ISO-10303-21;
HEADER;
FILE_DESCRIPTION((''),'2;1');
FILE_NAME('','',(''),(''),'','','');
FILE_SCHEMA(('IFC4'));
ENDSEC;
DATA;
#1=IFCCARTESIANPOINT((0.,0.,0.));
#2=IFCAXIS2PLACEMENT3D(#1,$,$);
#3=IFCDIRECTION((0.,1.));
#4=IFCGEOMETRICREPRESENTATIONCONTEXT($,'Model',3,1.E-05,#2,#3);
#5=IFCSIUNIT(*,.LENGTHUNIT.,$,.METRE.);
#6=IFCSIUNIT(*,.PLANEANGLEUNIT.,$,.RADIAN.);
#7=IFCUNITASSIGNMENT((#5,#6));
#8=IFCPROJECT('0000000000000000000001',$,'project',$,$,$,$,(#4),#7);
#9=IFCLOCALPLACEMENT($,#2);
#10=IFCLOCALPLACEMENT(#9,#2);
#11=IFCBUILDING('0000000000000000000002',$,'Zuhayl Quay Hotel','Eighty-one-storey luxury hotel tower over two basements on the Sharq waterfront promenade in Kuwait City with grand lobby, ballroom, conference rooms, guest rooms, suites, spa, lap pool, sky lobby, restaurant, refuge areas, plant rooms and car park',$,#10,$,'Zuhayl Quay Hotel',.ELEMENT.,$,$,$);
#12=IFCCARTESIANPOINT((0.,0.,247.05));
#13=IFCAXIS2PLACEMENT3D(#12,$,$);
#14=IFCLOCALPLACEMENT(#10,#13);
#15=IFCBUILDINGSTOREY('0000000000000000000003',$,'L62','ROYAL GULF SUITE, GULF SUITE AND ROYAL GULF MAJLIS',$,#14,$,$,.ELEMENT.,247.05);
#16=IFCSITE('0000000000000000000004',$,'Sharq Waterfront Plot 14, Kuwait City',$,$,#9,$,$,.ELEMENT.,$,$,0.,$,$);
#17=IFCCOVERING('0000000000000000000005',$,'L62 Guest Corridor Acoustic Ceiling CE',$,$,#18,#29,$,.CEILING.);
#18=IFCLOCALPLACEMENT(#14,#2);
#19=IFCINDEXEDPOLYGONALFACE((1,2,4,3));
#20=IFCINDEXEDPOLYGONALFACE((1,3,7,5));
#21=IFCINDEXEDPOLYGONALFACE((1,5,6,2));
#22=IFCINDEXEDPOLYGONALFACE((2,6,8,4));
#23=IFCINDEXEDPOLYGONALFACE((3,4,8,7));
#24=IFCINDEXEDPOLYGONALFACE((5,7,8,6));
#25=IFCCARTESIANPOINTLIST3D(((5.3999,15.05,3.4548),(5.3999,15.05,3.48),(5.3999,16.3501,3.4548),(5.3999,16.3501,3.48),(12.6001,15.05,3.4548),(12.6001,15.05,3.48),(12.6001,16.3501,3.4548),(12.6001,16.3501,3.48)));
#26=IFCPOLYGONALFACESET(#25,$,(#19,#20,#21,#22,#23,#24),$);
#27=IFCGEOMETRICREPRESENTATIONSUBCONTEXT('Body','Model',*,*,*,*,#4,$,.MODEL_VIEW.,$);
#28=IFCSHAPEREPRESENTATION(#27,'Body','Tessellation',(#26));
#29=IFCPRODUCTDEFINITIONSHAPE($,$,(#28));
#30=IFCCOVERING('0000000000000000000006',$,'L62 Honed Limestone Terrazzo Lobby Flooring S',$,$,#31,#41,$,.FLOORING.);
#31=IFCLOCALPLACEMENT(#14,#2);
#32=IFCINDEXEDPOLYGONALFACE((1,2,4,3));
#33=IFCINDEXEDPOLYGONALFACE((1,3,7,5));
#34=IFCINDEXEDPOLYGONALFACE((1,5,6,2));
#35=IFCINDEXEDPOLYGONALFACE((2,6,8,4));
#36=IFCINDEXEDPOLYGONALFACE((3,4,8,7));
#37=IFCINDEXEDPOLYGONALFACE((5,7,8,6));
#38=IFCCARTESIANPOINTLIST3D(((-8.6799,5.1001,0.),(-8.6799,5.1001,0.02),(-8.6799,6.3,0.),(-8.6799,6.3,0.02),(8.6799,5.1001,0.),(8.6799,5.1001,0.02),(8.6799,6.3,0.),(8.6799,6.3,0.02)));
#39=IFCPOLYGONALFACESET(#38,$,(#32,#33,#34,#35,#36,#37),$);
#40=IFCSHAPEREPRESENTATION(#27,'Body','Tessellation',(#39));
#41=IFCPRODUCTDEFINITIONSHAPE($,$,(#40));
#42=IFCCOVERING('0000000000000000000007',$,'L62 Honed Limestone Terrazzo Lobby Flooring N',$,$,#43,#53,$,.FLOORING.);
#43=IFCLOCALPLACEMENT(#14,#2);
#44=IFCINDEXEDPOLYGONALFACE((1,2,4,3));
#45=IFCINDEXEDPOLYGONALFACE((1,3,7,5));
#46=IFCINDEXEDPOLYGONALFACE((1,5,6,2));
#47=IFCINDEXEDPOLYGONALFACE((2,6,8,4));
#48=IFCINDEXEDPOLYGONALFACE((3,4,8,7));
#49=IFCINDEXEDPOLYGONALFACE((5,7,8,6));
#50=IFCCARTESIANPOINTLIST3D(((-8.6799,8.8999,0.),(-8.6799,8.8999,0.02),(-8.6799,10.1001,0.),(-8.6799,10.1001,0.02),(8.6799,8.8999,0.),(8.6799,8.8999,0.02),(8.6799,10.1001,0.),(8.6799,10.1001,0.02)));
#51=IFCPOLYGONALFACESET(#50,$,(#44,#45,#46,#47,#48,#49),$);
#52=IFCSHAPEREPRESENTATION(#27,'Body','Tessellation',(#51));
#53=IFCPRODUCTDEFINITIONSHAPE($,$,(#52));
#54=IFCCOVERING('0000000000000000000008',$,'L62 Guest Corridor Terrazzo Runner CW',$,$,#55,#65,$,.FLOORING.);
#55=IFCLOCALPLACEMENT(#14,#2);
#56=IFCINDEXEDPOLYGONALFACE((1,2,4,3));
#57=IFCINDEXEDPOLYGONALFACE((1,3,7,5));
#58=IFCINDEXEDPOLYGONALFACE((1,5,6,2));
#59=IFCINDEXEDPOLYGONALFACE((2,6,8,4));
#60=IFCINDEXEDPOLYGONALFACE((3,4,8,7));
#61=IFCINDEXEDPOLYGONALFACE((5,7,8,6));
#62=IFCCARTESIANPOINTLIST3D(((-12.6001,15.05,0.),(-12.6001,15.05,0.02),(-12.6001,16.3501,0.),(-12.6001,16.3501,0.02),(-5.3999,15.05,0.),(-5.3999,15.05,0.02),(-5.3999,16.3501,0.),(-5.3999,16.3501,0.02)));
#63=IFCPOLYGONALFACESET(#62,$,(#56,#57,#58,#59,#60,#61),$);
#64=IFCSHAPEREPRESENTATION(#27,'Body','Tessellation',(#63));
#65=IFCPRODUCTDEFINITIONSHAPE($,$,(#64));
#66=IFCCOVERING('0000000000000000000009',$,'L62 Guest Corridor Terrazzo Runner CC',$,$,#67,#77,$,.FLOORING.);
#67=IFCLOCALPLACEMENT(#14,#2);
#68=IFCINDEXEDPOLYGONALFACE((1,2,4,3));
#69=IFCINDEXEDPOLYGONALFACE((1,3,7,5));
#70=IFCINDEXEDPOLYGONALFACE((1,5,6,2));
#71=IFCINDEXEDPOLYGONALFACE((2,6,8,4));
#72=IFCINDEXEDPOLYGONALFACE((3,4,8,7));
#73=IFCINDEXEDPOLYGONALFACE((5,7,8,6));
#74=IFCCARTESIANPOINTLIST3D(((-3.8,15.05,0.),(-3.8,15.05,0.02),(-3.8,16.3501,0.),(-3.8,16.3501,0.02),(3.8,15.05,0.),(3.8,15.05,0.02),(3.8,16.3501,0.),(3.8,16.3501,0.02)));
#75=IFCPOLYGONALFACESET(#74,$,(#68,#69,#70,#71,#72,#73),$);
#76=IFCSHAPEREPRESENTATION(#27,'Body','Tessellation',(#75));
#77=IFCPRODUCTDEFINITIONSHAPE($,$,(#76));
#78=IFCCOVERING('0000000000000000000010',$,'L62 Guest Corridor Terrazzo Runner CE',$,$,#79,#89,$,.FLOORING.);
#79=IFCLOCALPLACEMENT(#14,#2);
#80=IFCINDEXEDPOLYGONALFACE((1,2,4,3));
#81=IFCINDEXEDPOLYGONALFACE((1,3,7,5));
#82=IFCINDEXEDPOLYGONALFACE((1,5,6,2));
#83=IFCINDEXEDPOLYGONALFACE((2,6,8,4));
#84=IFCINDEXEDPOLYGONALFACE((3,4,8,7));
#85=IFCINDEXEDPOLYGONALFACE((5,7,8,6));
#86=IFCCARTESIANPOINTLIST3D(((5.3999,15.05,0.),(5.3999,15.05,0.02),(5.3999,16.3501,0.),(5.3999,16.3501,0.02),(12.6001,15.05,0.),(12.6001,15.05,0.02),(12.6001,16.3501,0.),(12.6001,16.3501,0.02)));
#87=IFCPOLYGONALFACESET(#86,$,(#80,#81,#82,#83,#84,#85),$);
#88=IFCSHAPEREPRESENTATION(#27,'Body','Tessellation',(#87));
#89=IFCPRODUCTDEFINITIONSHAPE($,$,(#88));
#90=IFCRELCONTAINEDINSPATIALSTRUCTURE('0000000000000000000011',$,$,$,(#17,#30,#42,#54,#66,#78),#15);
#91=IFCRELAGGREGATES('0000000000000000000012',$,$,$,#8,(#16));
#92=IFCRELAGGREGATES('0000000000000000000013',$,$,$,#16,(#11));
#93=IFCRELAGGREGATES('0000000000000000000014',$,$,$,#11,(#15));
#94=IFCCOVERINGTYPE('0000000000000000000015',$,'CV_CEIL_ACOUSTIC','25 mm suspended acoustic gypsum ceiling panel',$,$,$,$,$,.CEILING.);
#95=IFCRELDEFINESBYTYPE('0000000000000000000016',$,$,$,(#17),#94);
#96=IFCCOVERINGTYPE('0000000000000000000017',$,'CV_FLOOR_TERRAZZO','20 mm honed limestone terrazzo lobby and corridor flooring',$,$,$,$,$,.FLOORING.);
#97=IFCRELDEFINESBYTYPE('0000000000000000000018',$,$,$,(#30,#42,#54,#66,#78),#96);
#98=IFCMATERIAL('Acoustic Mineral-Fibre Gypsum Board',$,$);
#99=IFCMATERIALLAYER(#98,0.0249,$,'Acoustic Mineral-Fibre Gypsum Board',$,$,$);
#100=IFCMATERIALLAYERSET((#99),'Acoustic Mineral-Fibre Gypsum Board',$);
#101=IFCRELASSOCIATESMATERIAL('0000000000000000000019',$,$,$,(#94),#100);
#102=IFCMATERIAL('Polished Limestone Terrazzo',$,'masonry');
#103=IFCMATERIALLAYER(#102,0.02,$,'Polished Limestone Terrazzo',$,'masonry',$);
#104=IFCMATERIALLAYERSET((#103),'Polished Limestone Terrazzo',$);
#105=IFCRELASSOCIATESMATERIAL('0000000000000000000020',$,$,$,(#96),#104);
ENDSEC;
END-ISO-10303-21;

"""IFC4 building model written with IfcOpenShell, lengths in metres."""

from ifc_helpers import new_model, si_unit, direction, frame, origin, place, context, subcontext, project, spatial, polyline, outline, extrude, material, layer, layer_set, type_object, element, save


model = new_model("IFC4")

# Units and contexts
model_context = context("Model", 3, precision=1e-05, world=origin(), true_north=direction((0.0, 1.0)))
body_context = subcontext(model_context, "Body", "Model", "MODEL_VIEW")
ifc_project = project(units=[si_unit("LENGTHUNIT", "METRE"), si_unit("PLANEANGLEUNIT", "RADIAN")], contexts=[model_context])

# Site, building, storey
site_placement = place(None, origin())
site = spatial("IfcSite", under=ifc_project, at=site_placement, Name="Sharq Waterfront Plot 14, Kuwait City", CompositionType="ELEMENT", RefElevation=0.0)
building_placement = place(site_placement, origin())
building = spatial("IfcBuilding", under=site, at=building_placement, Name="Zuhayl Quay Hotel", Description="Eighty-one-storey luxury hotel tower over two basements on the Sharq waterfront promenade in Kuwait City with grand lobby, ballroom, conference rooms, guest rooms, suites, spa, lap pool, sky lobby, restaurant, refuge areas, plant rooms and car park", LongName="Zuhayl Quay Hotel", CompositionType="ELEMENT")
storey_placement = place(building_placement, frame((0.0, 0.0, 247.05)))
storey = spatial("IfcBuildingStorey", under=building, at=storey_placement, Name="L62", Description="ROYAL GULF SUITE, GULF SUITE AND ROYAL GULF MAJLIS", CompositionType="ELEMENT", Elevation=247.05)

# Coverings
ifc_material_1 = material(Name="Acoustic Mineral-Fibre Gypsum Board")
ifc_layer_1 = layer(ifc_material_1, 0.0249, Name="Acoustic Mineral-Fibre Gypsum Board")
ifc_layer_set_1 = layer_set([ifc_layer_1], Name="Acoustic Mineral-Fibre Gypsum Board")
covering_type_1 = type_object("IfcCoveringType", Name="CV_CEIL_ACOUSTIC", Description="25 mm suspended acoustic gypsum ceiling panel", PredefinedType="CEILING", material=ifc_layer_set_1)
covering_1_placement = place(storey_placement, frame((0.0, 0.0, 3.4548)))
element("IfcCovering", 1, at=covering_1_placement, inside=storey, type_object=covering_type_1, Name="L62 Guest Corridor Acoustic Ceiling CE", PredefinedType="CEILING", context=body_context, shape_type="SweptSolid", body=[
    extrude(outline(polyline([(5.3999, 15.05), (12.6001, 15.05), (12.6001, 16.3501), (5.3999, 16.3501), (5.3999, 15.05)])), origin(), (0.0, 0.0, 1.0), 0.0251),
])
ifc_material_2 = material(Name="Polished Limestone Terrazzo", Category="masonry")
ifc_layer_2 = layer(ifc_material_2, 0.02, Name="Polished Limestone Terrazzo", Category="masonry")
ifc_layer_set_2 = layer_set([ifc_layer_2], Name="Polished Limestone Terrazzo")
covering_type_2 = type_object("IfcCoveringType", Name="CV_FLOOR_TERRAZZO", Description="20 mm honed limestone terrazzo lobby and corridor flooring", PredefinedType="FLOORING", material=ifc_layer_set_2)
covering_2_placement = place(storey_placement, origin())
element("IfcCovering", 2, at=covering_2_placement, inside=storey, type_object=covering_type_2, Name="L62 Honed Limestone Terrazzo Lobby Flooring S", PredefinedType="FLOORING", context=body_context, shape_type="SweptSolid", body=[
    extrude(outline(polyline([(-8.6799, 5.1001), (8.6799, 5.1001), (8.6799, 6.3), (-8.6799, 6.3), (-8.6799, 5.1001)])), origin(), (0.0, 0.0, 1.0), 0.02),
])
covering_3_placement = place(storey_placement, origin())
element("IfcCovering", 3, at=covering_3_placement, inside=storey, type_object=covering_type_2, Name="L62 Honed Limestone Terrazzo Lobby Flooring N", PredefinedType="FLOORING", context=body_context, shape_type="SweptSolid", body=[
    extrude(outline(polyline([(-8.6799, 8.8999), (8.6799, 8.8999), (8.6799, 10.1001), (-8.6799, 10.1001), (-8.6799, 8.8999)])), origin(), (0.0, 0.0, 1.0), 0.02),
])
covering_4_placement = place(storey_placement, origin())
element("IfcCovering", 4, at=covering_4_placement, inside=storey, type_object=covering_type_2, Name="L62 Guest Corridor Terrazzo Runner CW", PredefinedType="FLOORING", context=body_context, shape_type="SweptSolid", body=[
    extrude(outline(polyline([(-12.6001, 15.05), (-5.3999, 15.05), (-5.3999, 16.3501), (-12.6001, 16.3501), (-12.6001, 15.05)])), origin(), (0.0, 0.0, 1.0), 0.02),
])
covering_5_placement = place(storey_placement, origin())
element("IfcCovering", 5, at=covering_5_placement, inside=storey, type_object=covering_type_2, Name="L62 Guest Corridor Terrazzo Runner CC", PredefinedType="FLOORING", context=body_context, shape_type="SweptSolid", body=[
    extrude(outline(polyline([(-3.8, 15.05), (3.8, 15.05), (3.8, 16.3501), (-3.8, 16.3501), (-3.8, 15.05)])), origin(), (0.0, 0.0, 1.0), 0.02),
])
covering_6_placement = place(storey_placement, origin())
element("IfcCovering", 6, at=covering_6_placement, inside=storey, type_object=covering_type_2, Name="L62 Guest Corridor Terrazzo Runner CE", PredefinedType="FLOORING", context=body_context, shape_type="SweptSolid", body=[
    extrude(outline(polyline([(5.3999, 15.05), (12.6001, 15.05), (12.6001, 16.3501), (5.3999, 16.3501), (5.3999, 15.05)])), origin(), (0.0, 0.0, 1.0), 0.02),
])

save(model, "model.ifc")
